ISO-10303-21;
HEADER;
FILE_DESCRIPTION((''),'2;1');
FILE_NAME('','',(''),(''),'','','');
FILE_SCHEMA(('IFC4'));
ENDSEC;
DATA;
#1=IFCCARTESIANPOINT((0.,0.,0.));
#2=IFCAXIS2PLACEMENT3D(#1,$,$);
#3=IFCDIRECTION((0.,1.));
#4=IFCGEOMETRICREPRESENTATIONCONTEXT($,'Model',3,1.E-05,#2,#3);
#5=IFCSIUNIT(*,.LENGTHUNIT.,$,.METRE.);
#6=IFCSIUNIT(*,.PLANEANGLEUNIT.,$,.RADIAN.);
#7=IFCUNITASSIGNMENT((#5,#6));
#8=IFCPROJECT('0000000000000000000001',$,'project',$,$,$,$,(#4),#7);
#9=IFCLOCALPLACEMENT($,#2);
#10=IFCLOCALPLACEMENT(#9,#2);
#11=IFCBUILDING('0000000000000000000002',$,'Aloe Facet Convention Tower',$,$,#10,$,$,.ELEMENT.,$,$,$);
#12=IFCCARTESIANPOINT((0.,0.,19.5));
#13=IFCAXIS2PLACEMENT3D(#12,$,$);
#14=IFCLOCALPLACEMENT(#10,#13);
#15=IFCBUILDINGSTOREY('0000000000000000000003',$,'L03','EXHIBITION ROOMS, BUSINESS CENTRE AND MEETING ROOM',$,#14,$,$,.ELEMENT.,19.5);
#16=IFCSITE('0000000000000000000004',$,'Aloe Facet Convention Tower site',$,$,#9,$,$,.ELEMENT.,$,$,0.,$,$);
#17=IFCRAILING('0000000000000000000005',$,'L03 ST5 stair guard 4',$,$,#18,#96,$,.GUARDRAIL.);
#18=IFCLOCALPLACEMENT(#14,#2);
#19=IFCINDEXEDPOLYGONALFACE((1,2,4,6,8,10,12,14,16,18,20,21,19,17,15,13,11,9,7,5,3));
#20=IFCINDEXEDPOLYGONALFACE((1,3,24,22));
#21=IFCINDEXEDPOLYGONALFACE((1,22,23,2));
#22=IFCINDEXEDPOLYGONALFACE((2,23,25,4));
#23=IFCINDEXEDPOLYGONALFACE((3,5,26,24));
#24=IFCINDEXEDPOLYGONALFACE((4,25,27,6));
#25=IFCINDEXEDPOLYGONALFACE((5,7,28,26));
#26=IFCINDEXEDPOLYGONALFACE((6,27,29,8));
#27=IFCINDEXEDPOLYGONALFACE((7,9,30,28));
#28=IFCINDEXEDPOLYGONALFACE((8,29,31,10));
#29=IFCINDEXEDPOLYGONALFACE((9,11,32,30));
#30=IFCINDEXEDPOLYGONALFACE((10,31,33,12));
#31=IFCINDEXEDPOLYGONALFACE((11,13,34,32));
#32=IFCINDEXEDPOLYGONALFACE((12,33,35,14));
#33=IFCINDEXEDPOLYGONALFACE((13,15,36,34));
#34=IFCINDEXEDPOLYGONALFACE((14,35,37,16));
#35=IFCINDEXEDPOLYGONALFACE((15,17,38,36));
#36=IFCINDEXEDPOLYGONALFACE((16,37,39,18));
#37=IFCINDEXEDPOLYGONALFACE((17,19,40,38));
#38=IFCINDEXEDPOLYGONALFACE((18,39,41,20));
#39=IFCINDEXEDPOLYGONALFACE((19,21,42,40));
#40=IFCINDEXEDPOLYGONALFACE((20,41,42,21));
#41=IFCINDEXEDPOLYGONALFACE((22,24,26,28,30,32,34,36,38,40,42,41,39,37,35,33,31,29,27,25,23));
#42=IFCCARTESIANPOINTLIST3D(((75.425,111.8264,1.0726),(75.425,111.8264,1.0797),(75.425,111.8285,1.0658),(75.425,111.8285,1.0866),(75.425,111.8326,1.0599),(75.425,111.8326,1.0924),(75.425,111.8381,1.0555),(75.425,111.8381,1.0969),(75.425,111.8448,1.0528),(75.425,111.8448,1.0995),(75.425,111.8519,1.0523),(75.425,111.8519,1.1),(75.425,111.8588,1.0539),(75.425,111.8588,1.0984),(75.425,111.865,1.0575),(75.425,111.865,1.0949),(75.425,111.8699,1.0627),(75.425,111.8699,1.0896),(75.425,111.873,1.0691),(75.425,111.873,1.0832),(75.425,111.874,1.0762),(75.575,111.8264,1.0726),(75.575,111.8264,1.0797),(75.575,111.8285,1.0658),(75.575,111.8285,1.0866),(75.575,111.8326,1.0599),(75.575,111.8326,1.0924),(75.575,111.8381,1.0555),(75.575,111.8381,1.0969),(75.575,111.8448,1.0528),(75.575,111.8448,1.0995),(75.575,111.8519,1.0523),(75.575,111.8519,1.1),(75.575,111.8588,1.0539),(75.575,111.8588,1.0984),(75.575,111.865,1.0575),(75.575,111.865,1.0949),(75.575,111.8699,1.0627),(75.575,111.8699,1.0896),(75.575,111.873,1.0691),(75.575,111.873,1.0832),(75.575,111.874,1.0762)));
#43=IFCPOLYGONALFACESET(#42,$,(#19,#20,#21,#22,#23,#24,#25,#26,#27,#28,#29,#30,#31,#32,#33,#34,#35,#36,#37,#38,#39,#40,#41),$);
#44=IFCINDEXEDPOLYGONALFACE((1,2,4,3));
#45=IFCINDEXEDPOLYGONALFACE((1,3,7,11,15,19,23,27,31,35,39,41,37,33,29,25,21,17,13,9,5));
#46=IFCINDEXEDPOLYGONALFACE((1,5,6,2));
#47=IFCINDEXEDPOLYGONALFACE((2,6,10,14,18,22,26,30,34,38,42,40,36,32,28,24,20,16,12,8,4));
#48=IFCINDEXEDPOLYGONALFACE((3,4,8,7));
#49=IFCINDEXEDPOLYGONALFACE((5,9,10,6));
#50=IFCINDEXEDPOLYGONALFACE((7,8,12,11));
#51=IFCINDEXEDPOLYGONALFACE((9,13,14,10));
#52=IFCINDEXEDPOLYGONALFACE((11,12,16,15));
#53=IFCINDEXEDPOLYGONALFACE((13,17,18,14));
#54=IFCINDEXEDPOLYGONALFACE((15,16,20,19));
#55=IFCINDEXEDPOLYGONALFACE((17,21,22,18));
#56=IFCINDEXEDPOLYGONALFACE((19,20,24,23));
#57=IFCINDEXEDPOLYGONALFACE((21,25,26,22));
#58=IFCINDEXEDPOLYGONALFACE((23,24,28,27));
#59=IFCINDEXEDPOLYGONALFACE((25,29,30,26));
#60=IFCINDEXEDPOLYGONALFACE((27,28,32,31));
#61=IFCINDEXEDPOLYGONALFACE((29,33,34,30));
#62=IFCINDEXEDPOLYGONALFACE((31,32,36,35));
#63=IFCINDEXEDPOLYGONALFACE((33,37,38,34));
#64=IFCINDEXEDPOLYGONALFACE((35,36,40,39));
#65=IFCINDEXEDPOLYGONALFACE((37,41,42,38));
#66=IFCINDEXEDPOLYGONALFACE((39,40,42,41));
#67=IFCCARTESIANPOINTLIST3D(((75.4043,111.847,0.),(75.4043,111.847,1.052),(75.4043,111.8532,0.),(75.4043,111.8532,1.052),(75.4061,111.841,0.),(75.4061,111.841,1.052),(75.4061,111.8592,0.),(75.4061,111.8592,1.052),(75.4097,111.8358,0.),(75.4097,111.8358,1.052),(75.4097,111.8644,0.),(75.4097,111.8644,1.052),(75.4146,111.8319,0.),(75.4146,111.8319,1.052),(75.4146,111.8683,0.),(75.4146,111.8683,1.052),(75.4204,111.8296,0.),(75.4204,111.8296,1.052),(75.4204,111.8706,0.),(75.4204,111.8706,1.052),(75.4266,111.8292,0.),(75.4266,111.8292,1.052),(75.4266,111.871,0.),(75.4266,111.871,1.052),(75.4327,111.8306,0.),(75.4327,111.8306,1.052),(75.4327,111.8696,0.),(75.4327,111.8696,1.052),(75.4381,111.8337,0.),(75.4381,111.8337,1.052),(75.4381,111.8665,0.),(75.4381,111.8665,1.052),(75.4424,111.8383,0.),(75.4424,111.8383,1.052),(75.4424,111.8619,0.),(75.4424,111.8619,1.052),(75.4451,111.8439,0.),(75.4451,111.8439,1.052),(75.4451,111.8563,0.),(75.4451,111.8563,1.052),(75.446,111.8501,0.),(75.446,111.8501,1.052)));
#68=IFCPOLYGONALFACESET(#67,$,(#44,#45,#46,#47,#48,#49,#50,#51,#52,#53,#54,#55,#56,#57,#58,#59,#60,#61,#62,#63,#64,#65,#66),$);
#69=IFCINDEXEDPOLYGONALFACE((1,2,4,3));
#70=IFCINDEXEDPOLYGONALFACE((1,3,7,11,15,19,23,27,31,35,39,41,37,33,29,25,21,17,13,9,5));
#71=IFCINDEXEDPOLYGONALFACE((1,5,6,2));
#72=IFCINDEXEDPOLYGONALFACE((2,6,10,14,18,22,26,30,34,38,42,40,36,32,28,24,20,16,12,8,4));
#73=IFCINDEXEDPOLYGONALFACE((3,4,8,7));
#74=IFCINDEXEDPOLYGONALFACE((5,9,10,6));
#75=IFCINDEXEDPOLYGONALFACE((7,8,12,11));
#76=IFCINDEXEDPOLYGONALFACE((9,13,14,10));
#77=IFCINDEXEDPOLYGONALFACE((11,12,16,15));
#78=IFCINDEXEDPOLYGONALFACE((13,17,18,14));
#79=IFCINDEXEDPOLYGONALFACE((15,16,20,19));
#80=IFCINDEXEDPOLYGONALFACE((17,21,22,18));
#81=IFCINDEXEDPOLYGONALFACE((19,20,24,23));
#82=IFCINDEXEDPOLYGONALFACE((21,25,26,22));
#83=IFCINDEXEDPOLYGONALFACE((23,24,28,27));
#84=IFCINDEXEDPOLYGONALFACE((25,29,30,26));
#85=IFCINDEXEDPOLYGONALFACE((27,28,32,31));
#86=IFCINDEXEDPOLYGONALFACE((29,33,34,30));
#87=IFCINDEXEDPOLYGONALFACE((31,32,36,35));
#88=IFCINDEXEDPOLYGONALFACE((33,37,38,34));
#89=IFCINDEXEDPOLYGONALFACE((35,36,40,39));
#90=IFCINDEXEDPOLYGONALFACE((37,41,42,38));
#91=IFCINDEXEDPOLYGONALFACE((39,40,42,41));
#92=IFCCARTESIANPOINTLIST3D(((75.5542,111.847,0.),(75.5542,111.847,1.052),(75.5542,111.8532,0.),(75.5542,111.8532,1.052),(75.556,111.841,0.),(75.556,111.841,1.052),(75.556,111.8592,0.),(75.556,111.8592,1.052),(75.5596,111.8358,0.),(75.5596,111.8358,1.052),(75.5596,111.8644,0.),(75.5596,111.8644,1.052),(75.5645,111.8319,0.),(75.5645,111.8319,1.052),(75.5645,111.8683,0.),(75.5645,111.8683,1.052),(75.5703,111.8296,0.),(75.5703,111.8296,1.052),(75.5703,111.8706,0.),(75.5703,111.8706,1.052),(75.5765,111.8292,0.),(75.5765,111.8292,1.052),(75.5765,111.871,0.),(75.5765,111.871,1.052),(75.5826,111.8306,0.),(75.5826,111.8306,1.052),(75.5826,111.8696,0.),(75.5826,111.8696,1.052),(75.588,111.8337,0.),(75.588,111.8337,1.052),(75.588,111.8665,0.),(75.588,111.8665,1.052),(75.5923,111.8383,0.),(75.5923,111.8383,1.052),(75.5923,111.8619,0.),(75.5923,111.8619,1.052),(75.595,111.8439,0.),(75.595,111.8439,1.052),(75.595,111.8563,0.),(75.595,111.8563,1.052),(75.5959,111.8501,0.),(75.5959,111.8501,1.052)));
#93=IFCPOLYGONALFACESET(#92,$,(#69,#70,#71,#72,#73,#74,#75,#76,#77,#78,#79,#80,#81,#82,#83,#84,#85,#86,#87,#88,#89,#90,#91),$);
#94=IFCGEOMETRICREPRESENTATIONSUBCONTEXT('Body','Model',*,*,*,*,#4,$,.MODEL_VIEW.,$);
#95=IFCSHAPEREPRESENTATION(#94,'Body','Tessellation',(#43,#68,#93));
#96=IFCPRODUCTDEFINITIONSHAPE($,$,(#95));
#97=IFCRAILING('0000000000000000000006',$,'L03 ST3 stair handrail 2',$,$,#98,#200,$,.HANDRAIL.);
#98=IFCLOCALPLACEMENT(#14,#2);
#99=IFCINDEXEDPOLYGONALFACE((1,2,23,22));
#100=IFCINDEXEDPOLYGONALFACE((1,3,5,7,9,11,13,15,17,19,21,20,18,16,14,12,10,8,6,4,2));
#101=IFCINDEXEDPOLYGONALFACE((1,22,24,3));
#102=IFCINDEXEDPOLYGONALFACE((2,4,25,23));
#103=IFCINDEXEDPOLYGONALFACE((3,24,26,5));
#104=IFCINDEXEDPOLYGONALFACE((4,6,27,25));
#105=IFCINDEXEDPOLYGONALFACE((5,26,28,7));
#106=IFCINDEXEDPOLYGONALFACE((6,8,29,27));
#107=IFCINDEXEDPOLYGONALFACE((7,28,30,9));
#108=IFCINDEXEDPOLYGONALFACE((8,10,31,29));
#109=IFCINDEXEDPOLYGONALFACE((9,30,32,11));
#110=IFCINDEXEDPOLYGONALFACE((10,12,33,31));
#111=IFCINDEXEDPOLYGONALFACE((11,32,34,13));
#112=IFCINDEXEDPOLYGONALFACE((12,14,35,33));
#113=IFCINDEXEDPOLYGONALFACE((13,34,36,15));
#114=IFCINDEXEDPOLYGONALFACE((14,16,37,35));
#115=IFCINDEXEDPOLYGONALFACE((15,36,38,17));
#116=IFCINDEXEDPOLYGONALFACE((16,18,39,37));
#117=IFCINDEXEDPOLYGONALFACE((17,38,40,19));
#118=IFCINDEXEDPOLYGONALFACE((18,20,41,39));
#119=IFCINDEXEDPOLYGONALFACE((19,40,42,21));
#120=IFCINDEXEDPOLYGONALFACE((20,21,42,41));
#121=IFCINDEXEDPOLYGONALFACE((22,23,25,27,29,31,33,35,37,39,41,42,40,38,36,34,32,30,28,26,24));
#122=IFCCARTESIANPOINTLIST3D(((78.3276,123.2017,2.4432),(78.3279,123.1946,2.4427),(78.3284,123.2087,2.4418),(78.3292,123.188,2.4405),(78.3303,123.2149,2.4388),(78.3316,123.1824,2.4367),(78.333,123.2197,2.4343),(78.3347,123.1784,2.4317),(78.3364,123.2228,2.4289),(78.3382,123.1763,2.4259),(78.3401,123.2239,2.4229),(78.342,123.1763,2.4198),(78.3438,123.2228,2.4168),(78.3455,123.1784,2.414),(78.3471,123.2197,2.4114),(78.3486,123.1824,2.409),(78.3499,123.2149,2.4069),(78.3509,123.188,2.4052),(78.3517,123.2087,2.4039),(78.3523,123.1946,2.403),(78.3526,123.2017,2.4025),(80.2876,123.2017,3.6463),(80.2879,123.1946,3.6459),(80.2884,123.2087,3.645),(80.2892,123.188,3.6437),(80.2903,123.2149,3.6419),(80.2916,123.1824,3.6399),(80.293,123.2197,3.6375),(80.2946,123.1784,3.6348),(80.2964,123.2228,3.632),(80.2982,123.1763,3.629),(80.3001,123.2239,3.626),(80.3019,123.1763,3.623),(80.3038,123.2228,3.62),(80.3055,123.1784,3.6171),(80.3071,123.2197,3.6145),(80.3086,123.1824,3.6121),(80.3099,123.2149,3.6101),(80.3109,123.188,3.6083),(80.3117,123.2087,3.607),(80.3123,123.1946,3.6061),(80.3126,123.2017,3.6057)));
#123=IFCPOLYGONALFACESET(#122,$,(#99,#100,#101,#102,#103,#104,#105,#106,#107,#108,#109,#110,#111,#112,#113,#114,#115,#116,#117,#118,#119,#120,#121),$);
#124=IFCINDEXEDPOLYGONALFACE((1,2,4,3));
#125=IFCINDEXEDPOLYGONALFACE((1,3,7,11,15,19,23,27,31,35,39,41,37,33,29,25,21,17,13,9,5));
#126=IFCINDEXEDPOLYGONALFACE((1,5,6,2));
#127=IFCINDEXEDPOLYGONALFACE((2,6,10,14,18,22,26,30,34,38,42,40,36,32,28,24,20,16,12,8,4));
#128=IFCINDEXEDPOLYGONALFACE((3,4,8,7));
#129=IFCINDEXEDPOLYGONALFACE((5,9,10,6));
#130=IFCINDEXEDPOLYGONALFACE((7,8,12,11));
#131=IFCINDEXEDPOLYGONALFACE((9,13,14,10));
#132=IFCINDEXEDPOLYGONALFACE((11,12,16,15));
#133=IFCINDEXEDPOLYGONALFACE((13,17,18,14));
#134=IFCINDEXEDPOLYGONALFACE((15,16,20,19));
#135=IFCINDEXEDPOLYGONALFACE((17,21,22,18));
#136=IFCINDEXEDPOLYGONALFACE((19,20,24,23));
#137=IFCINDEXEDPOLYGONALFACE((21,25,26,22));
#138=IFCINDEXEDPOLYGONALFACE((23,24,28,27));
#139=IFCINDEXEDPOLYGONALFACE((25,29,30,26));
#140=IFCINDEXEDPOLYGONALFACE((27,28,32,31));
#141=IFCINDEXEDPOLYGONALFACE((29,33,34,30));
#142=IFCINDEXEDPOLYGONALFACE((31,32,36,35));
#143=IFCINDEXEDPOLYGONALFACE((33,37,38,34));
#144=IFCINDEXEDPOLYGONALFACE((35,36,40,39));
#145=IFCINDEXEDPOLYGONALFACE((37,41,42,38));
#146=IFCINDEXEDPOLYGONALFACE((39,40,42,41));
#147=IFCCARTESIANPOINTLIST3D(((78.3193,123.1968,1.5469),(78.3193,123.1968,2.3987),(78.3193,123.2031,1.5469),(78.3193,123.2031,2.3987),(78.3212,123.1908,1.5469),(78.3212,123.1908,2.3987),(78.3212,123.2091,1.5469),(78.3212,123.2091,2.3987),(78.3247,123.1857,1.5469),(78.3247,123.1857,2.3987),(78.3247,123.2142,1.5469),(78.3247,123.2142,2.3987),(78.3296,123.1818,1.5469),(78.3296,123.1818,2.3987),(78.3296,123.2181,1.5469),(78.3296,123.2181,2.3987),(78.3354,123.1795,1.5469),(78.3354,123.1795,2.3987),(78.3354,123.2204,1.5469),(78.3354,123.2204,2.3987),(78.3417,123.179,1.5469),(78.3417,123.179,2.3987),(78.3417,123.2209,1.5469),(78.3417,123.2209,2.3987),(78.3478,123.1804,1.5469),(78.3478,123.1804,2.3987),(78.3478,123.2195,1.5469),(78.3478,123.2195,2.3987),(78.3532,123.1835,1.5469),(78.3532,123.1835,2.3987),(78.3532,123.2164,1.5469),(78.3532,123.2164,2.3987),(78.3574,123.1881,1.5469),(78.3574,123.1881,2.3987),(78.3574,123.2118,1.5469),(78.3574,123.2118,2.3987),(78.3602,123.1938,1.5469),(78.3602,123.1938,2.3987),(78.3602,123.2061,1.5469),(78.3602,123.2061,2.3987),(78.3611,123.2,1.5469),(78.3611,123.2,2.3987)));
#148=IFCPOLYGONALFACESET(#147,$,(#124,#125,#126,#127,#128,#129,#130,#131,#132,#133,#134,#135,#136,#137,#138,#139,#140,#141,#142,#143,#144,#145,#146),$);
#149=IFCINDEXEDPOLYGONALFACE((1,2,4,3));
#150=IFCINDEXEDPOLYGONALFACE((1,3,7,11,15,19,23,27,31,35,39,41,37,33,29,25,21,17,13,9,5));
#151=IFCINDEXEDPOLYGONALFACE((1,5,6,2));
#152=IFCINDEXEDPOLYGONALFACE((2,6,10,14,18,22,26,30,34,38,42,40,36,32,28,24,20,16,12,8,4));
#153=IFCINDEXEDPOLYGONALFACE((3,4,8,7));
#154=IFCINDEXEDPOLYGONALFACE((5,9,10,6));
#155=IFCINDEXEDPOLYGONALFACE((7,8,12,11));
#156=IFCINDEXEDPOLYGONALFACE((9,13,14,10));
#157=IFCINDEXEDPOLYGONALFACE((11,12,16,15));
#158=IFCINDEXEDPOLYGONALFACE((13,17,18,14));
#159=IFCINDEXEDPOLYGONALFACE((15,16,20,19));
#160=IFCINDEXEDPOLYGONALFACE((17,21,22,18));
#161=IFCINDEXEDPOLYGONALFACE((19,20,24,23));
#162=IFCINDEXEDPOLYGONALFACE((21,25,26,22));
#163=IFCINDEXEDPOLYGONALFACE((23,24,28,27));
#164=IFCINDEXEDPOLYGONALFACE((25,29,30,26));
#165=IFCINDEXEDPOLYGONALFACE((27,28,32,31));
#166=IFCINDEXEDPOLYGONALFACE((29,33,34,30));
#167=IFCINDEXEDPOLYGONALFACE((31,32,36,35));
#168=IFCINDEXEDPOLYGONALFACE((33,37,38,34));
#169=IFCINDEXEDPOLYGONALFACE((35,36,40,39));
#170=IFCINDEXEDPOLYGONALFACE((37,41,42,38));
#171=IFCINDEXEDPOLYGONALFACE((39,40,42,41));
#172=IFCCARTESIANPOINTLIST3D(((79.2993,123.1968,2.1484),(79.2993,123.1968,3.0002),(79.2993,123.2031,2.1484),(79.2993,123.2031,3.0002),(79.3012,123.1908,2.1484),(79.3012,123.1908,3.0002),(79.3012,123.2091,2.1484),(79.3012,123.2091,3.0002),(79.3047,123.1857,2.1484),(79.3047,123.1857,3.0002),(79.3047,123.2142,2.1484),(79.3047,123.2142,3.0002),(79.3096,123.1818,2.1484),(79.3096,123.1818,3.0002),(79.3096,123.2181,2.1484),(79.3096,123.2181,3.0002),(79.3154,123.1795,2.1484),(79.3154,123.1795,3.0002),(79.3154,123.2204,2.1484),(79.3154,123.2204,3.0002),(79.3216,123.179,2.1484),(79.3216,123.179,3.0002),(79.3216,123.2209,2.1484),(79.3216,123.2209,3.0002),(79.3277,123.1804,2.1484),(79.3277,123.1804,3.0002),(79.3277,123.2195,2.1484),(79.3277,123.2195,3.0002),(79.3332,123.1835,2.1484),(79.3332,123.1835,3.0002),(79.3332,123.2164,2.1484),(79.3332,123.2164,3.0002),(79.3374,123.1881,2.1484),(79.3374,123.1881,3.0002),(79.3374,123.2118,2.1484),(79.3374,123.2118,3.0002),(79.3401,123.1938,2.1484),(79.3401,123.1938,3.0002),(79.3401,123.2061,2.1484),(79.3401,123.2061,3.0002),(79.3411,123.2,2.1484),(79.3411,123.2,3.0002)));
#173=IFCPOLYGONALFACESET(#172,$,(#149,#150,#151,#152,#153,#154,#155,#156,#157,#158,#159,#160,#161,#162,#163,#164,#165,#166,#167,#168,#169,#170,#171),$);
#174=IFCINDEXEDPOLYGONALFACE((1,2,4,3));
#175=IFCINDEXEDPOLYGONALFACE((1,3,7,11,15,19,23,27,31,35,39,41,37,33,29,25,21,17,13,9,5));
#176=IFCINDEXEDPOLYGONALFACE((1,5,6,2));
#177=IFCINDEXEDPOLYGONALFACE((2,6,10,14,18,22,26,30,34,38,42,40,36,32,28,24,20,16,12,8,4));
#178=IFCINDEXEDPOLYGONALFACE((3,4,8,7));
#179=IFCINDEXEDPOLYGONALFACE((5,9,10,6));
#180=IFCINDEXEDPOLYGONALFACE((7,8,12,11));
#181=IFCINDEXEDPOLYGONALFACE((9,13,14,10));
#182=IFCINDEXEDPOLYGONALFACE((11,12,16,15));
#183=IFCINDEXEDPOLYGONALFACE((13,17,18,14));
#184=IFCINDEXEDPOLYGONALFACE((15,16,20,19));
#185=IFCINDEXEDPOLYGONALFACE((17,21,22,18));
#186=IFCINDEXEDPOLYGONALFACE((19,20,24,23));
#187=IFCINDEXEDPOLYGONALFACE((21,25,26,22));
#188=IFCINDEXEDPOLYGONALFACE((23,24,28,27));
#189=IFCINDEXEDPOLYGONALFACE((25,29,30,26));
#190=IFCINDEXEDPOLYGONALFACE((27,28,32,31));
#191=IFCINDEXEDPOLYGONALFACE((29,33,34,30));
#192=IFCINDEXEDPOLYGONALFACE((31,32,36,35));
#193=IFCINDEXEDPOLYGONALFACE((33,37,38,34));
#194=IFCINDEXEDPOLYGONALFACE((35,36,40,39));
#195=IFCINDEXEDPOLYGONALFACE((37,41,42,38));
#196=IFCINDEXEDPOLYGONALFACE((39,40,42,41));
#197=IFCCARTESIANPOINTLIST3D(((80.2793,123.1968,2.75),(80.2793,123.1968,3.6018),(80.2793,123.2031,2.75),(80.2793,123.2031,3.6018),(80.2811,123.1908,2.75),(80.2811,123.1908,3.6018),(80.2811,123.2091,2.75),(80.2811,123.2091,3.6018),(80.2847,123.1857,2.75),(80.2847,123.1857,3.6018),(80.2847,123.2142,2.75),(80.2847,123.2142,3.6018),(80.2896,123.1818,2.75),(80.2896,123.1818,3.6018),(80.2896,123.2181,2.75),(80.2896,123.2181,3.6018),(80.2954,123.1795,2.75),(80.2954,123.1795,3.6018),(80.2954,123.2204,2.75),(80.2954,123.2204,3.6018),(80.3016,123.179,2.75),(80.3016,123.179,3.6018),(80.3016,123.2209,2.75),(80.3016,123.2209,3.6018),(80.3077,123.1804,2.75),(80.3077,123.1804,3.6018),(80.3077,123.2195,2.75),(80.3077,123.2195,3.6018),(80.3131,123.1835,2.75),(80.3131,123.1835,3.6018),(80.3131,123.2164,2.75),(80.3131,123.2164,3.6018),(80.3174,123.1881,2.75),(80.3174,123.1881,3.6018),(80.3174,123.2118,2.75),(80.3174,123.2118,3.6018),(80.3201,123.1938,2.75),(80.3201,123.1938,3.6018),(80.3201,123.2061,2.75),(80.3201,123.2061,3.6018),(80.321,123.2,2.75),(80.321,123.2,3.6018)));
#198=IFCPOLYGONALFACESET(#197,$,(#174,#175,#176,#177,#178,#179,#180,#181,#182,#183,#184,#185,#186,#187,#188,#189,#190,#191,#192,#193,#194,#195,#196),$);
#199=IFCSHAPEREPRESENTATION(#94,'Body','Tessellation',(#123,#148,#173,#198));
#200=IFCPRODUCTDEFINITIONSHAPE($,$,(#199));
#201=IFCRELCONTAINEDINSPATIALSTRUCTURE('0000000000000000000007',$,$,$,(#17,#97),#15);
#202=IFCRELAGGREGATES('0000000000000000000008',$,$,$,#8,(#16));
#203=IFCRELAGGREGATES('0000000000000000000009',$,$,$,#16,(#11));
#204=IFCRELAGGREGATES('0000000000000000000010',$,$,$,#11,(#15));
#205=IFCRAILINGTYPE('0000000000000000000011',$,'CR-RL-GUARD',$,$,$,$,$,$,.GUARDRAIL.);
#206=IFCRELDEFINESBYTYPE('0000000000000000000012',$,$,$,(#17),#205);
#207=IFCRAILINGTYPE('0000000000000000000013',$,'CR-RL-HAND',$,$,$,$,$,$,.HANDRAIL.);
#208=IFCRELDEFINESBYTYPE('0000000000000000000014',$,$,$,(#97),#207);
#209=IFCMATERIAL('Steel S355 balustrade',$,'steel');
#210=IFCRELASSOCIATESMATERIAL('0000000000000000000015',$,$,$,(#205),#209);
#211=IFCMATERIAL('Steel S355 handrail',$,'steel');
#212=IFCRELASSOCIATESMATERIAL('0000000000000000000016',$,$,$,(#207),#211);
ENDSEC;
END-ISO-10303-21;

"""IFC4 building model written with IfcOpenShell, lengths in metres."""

from ifc_helpers import new_model, si_unit, direction, frame, origin, origin_2d, place, context, subcontext, project, spatial, circle, extrude, material, type_object, element, save


model = new_model("IFC4")

# Units and contexts
model_context = context("Model", 3, precision=1e-05, world=origin(), true_north=direction((0.0, 1.0)))
body_context = subcontext(model_context, "Body", "Model", "MODEL_VIEW")
ifc_project = project(units=[si_unit("LENGTHUNIT", "METRE"), si_unit("PLANEANGLEUNIT", "RADIAN")], contexts=[model_context])

# Site, building, storey
site_placement = place(None, origin())
site = spatial("IfcSite", under=ifc_project, at=site_placement, Name="Aloe Facet Convention Tower site", CompositionType="ELEMENT", RefElevation=0.0)
building_placement = place(site_placement, origin())
building = spatial("IfcBuilding", under=site, at=building_placement, Name="Aloe Facet Convention Tower", CompositionType="ELEMENT")
storey_placement = place(building_placement, frame((0.0, 0.0, 19.5)))
storey = spatial("IfcBuildingStorey", under=building, at=storey_placement, Name="L03", Description="EXHIBITION ROOMS, BUSINESS CENTRE AND MEETING ROOM", CompositionType="ELEMENT", Elevation=19.5)

# Railings
ifc_material_1 = material(Name="Steel S355 balustrade", Category="steel")
railing_type_1 = type_object("IfcRailingType", Name="CR-RL-GUARD", PredefinedType="GUARDRAIL", material=ifc_material_1)
railing_1_placement = place(storey_placement, frame((75.425, 111.8501, 0.0)))
element("IfcRailing", 1, at=railing_1_placement, inside=storey, type_object=railing_type_1, Name="L03 ST5 stair guard 4", PredefinedType="GUARDRAIL", context=body_context, shape_type="SweptSolid", body=[
    extrude(circle(Radius=0.0239, at=origin_2d()), frame((0.0, 0.0, 1.0762), z_axis=(1.0, 0.0, 0.0), x_axis=(0.0, 1.0, 0.0)), (0.0, 0.0, 1.0), 0.1499),
    extrude(circle(Radius=0.021, at=origin_2d()), origin(), (0.0, 0.0, 1.0), 1.052),
    extrude(circle(Radius=0.021, at=origin_2d()), frame((0.1499, 0.0, 0.0)), (0.0, 0.0, 1.0), 1.052),
])
ifc_material_2 = material(Name="Steel S355 handrail", Category="steel")
railing_type_2 = type_object("IfcRailingType", Name="CR-RL-HAND", PredefinedType="HANDRAIL", material=ifc_material_2)
for number, where, name in (
    (2, (78.3401, 123.2, 1.5469), "L03 ST3 stair handrail 2"),
):
    element("IfcRailing", number, at=place(storey_placement, frame(where)), inside=storey, type_object=railing_type_2, Name=name, PredefinedType="HANDRAIL", context=body_context, shape_type="SweptSolid", body=[
        extrude(circle(Radius=0.0239, at=origin_2d()), frame((0.0, 0.0, 0.876), z_axis=(0.852241, 0.0, 0.523149), x_axis=(0.0, 1.0, 0.0)), (0.0, 0.0, 1.0), 2.2998),
        extrude(circle(Radius=0.021, at=origin_2d()), origin(), (0.0, 0.0, 1.0), 0.8518),
        extrude(circle(Radius=0.021, at=origin_2d()), frame((0.98, 0.0, 0.6016)), (0.0, 0.0, 1.0), 0.8518),
        extrude(circle(Radius=0.021, at=origin_2d()), frame((1.96, 0.0, 1.2031)), (0.0, 0.0, 1.0), 0.8518),
    ])

save(model, "model.ifc")
